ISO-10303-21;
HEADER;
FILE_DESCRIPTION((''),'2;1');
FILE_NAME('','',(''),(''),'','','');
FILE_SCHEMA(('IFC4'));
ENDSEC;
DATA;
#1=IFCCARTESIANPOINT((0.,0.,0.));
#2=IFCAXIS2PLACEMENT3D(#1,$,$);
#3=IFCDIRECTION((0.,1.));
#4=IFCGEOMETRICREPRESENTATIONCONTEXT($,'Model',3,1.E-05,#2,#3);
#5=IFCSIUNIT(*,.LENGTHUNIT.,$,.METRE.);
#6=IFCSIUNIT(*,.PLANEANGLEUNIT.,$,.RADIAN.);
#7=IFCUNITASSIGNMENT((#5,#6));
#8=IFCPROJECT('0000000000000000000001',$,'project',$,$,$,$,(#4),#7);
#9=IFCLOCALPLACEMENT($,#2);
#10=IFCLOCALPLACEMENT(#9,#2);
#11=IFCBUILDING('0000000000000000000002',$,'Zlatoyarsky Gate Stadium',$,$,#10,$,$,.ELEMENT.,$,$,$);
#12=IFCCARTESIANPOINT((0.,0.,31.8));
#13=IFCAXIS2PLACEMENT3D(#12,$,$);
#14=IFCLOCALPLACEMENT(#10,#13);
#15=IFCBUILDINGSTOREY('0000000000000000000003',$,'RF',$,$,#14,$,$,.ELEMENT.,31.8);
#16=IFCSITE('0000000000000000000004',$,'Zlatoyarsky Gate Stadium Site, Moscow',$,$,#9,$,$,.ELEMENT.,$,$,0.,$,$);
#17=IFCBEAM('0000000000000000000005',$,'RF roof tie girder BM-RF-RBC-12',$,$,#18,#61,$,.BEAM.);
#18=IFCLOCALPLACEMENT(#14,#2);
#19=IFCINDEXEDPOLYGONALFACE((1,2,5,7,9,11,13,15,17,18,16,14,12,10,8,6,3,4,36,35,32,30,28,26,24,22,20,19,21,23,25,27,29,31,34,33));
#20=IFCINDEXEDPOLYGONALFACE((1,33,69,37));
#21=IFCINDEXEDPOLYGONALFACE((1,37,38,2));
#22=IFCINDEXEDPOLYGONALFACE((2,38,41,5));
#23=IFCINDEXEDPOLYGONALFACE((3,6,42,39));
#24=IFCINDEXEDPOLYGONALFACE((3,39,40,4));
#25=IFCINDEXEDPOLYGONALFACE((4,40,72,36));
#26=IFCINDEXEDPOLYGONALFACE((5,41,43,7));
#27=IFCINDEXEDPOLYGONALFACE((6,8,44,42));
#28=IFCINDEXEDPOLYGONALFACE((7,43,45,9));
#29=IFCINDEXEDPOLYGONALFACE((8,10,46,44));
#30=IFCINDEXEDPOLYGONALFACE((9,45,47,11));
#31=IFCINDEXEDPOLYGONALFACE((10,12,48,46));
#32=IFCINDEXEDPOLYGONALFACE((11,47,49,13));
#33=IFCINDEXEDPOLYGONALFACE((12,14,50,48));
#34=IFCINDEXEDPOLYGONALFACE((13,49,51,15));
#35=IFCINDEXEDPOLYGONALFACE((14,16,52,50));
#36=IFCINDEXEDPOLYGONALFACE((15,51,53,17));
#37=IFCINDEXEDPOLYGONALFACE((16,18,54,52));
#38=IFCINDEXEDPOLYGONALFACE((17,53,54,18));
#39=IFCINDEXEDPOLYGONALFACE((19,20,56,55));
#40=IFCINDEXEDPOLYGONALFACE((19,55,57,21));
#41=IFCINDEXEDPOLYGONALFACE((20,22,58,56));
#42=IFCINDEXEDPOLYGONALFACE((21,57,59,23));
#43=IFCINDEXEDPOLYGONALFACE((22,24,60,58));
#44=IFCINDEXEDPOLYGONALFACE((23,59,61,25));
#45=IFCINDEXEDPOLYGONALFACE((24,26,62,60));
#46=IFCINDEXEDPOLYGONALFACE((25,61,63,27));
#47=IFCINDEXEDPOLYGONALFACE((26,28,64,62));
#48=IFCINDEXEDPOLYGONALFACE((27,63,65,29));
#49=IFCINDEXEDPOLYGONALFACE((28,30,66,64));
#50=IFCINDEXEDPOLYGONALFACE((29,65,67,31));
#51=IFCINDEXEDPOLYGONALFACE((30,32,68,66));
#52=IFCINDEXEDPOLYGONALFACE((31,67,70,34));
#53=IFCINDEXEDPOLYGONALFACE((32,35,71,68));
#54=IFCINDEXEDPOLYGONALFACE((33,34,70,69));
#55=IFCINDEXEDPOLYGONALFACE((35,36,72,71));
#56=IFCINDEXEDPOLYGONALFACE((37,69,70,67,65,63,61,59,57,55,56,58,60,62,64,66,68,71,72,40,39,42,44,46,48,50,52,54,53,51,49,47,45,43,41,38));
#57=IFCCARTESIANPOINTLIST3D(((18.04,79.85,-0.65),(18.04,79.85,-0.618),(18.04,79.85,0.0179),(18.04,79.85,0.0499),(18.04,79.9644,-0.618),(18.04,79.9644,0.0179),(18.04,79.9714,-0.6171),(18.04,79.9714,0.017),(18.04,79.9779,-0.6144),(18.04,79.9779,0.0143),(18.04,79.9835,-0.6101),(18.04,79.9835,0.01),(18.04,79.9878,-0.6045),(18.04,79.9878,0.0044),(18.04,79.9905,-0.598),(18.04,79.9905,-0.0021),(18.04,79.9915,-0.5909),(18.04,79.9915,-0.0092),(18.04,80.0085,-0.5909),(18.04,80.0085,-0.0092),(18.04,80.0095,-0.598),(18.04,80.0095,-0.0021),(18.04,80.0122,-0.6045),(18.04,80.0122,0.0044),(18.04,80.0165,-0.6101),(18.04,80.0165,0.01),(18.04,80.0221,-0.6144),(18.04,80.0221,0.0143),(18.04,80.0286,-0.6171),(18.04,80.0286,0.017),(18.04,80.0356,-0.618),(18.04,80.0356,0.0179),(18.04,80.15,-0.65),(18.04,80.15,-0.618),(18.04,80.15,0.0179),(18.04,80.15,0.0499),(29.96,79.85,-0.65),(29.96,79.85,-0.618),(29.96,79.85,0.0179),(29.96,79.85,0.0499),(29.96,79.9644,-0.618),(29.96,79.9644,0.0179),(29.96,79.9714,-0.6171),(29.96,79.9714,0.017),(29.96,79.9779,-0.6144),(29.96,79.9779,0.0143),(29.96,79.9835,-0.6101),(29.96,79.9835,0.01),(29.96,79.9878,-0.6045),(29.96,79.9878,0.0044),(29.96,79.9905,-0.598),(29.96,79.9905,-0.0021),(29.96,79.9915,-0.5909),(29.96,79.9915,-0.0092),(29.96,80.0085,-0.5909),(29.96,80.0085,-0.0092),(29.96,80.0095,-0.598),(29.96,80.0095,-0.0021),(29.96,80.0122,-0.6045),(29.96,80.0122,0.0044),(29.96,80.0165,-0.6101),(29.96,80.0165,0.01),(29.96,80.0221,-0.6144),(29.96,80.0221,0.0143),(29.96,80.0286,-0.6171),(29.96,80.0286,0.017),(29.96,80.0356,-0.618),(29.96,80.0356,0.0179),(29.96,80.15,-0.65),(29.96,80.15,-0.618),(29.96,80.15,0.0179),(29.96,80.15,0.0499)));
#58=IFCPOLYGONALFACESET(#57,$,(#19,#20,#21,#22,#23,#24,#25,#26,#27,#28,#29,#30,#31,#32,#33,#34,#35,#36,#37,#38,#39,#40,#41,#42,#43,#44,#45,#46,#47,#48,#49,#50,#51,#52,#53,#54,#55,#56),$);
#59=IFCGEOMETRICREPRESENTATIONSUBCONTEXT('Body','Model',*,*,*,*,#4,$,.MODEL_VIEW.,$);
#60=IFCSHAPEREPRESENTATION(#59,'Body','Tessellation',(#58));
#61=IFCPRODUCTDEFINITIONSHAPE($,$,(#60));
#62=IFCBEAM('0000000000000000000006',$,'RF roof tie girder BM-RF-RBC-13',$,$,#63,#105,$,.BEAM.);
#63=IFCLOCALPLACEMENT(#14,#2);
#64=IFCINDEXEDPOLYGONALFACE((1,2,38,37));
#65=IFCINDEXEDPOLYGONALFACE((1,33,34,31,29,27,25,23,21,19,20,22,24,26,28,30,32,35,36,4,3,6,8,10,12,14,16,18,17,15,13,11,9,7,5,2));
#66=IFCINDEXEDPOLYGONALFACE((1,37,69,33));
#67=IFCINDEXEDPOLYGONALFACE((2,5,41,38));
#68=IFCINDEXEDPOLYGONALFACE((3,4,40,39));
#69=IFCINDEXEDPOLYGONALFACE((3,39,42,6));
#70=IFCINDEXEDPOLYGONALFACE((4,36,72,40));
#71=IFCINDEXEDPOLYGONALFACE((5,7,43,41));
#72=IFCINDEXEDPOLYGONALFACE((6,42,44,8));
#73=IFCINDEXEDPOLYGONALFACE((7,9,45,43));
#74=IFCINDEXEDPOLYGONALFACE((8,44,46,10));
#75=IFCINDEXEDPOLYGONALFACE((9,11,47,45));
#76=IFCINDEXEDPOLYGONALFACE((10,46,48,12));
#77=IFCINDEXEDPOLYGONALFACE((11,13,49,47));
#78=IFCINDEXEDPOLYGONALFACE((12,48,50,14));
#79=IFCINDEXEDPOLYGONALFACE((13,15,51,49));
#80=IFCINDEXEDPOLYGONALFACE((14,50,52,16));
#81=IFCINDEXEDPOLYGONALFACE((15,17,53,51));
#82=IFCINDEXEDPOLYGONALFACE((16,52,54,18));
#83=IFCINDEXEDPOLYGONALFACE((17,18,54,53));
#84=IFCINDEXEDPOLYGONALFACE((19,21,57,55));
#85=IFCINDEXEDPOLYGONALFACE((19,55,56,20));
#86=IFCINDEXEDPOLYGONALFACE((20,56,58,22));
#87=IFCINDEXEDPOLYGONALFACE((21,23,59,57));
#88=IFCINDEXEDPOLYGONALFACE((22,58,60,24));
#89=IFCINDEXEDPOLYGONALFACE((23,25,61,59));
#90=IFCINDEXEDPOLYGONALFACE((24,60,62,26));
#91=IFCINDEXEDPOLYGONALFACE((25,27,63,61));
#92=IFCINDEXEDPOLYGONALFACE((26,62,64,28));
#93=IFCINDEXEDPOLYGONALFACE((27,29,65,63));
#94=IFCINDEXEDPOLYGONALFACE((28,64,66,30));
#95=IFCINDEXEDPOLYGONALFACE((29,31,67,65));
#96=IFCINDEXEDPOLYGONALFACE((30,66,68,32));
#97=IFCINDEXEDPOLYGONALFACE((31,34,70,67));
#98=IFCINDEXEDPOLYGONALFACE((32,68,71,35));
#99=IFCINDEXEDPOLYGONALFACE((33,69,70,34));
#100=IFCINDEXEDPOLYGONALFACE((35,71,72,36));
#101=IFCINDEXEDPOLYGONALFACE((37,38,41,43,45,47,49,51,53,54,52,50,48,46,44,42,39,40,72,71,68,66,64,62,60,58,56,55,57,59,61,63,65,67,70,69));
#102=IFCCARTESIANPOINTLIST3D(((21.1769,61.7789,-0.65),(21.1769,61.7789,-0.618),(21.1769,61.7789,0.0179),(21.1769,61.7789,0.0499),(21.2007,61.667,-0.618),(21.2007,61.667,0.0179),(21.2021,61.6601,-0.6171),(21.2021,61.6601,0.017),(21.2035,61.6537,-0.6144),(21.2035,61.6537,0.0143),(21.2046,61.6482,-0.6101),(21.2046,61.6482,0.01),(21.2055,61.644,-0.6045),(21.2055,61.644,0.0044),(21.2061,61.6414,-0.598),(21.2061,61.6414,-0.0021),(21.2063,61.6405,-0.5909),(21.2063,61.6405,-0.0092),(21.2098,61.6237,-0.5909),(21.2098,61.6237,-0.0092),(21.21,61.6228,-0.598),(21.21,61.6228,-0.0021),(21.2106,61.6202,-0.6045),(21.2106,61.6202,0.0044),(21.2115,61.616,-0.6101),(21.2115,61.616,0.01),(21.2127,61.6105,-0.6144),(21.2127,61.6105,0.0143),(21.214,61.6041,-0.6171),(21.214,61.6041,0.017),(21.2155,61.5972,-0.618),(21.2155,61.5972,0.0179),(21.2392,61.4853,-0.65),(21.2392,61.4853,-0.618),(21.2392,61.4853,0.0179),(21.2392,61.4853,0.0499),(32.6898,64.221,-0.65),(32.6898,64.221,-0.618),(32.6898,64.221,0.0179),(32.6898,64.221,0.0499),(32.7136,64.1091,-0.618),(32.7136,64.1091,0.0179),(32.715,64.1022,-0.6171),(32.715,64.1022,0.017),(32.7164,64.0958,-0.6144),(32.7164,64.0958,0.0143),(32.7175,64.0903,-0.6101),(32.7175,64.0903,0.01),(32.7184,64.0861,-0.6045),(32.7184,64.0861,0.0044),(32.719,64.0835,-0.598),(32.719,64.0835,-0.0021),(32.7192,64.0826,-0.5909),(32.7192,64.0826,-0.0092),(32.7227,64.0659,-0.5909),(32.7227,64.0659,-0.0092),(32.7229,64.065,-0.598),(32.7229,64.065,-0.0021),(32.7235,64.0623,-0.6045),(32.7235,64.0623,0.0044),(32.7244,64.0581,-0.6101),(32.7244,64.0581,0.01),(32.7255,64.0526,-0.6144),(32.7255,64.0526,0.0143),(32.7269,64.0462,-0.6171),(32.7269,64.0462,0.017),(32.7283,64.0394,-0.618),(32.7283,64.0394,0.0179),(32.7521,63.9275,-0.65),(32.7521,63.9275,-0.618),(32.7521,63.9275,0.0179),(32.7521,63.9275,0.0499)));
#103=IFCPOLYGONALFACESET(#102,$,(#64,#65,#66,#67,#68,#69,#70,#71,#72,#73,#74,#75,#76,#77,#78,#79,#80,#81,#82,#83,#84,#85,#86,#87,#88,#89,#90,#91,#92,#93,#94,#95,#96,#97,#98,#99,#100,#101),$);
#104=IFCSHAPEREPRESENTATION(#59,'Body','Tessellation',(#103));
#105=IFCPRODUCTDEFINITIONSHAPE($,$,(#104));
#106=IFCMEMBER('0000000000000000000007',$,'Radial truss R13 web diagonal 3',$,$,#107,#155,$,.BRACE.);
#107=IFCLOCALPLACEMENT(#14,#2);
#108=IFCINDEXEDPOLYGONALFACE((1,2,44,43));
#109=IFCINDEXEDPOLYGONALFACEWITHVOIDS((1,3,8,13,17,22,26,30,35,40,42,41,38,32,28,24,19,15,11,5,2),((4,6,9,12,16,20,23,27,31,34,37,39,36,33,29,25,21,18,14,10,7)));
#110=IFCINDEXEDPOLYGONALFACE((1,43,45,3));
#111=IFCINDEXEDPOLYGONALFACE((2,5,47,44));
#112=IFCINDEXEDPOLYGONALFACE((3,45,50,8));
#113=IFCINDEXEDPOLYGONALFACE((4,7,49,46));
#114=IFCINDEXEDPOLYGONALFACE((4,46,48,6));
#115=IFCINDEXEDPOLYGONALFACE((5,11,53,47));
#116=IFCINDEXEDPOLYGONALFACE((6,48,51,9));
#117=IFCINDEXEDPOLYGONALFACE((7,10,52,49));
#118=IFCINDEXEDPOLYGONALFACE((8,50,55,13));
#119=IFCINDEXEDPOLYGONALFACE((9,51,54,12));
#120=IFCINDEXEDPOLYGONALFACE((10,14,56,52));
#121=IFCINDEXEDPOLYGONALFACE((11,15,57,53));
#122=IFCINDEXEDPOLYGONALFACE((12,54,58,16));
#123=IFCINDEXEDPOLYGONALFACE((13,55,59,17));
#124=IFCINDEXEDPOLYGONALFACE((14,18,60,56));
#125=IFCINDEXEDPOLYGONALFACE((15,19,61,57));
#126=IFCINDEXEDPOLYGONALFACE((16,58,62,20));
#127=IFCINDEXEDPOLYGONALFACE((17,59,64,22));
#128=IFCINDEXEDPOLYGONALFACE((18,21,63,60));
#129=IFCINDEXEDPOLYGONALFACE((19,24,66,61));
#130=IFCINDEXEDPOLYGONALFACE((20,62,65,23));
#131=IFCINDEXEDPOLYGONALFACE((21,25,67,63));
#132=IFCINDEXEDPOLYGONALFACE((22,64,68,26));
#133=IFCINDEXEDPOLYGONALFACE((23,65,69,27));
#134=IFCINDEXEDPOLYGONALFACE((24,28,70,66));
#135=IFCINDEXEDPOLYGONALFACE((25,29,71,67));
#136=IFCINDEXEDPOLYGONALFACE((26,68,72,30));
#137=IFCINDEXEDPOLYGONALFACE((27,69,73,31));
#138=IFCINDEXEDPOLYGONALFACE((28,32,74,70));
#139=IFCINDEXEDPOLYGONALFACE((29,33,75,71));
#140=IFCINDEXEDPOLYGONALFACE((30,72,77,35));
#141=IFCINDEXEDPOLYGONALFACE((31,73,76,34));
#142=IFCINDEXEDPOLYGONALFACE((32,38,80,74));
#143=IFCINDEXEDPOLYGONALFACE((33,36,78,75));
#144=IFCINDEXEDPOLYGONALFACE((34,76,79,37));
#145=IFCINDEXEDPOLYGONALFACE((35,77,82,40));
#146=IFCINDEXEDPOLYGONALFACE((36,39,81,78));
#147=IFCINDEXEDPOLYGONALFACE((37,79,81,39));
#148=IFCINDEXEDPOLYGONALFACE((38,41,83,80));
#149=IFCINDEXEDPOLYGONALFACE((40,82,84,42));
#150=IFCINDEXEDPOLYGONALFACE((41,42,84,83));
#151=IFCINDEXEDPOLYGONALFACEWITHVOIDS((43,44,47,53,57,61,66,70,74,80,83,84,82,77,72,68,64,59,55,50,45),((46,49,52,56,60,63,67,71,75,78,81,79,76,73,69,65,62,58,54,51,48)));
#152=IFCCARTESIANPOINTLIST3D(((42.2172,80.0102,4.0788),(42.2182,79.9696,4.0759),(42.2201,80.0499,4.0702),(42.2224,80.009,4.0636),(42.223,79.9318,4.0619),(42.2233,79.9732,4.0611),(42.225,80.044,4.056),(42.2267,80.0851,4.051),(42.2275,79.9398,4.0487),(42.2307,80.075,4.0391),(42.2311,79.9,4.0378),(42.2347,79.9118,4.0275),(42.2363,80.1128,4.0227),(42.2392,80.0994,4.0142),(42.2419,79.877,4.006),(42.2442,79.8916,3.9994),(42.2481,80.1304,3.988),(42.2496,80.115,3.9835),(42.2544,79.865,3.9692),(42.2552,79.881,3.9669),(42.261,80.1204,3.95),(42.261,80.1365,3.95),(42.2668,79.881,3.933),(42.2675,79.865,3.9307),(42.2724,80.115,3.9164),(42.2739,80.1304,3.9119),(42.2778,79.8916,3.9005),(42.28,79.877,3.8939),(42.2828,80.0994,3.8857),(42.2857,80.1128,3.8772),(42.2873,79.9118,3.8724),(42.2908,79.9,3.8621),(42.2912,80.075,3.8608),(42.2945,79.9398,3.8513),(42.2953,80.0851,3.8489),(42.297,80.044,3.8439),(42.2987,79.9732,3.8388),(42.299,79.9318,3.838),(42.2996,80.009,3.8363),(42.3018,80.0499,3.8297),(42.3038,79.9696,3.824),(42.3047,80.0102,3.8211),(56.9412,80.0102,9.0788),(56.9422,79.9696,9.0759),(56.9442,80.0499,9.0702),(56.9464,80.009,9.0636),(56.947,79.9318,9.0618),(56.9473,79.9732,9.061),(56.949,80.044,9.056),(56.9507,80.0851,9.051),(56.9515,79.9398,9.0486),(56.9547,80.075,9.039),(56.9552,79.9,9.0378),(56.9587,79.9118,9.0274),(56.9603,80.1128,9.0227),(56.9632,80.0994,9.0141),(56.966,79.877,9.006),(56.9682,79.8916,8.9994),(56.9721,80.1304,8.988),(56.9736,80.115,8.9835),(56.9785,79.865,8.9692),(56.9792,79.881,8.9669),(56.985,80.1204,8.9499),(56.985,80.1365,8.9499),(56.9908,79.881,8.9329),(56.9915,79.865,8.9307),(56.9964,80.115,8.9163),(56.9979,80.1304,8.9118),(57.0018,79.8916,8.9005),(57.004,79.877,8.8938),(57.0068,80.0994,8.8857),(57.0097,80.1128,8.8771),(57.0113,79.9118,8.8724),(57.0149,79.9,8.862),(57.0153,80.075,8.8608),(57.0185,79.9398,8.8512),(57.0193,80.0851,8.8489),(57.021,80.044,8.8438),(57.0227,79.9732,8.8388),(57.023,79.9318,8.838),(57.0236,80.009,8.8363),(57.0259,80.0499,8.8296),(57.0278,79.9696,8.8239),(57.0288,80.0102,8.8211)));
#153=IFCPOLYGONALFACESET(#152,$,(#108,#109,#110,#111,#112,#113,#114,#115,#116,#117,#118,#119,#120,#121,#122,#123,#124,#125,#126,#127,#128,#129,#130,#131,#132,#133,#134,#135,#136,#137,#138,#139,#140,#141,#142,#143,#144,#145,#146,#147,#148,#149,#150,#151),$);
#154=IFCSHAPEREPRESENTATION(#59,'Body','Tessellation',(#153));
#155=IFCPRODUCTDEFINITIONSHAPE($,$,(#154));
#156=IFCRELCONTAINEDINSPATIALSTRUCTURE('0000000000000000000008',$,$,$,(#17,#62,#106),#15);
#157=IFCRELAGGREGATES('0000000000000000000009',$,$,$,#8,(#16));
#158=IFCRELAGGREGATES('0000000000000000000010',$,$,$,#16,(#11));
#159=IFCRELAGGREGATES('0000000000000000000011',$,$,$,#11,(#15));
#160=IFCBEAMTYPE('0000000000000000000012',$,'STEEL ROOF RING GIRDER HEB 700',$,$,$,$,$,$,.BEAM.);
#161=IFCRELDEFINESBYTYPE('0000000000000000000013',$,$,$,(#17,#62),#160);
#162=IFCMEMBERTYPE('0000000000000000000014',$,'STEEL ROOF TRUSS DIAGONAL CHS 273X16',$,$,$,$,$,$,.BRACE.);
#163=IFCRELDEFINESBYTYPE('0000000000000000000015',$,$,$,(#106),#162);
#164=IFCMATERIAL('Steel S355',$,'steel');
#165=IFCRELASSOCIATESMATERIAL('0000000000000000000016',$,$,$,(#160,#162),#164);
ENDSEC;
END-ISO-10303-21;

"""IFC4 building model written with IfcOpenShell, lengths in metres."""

from ifc_helpers import new_model, si_unit, direction, frame, origin, origin_2d, place, context, subcontext, project, spatial, hollow_circle, i_section, extrude, material, material_profile, profile_set, type_object, element, save


model = new_model("IFC4")

# Units and contexts
model_context = context("Model", 3, precision=1e-05, world=origin(), true_north=direction((0.0, 1.0)))
body_context = subcontext(model_context, "Body", "Model", "MODEL_VIEW")
ifc_project = project(units=[si_unit("LENGTHUNIT", "METRE"), si_unit("PLANEANGLEUNIT", "RADIAN")], contexts=[model_context])

# Site, building, storey
site_placement = place(None, origin())
site = spatial("IfcSite", under=ifc_project, at=site_placement, Name="Zlatoyarsky Gate Stadium Site, Moscow", CompositionType="ELEMENT", RefElevation=0.0)
building_placement = place(site_placement, origin())
building = spatial("IfcBuilding", under=site, at=building_placement, Name="Zlatoyarsky Gate Stadium", CompositionType="ELEMENT")
storey_placement = place(building_placement, frame((0.0, 0.0, 31.8)))
storey = spatial("IfcBuildingStorey", under=building, at=storey_placement, Name="RF", CompositionType="ELEMENT", Elevation=31.8)

# Shared definitions
ifc_material_1 = material(Name="Steel S355", Category="steel")

# Beams
ifc_material_profile_1 = material_profile(ifc_material_1, i_section(OverallWidth=0.3, OverallDepth=0.7, WebThickness=0.0171, FlangeThickness=0.032, FilletRadius=0.0271, at=origin_2d()), Name="HEB 700")
ifc_profile_set_1 = profile_set([ifc_material_profile_1], Name="Steel S355")
beam_type = type_object("IfcBeamType", Name="STEEL ROOF RING GIRDER HEB 700", PredefinedType="BEAM", material=ifc_profile_set_1)
beam_1_placement = place(storey_placement, frame((29.96, 80.0, -0.3), z_axis=(-1.0, 0.0, 0.0), x_axis=(0.0, -1.0, 0.0)))
element("IfcBeam", 1, at=beam_1_placement, inside=storey, type_object=beam_type, Name="RF roof tie girder BM-RF-RBC-12", PredefinedType="BEAM", context=body_context, shape_type="SweptSolid", body=[
    extrude(i_section(OverallWidth=0.3, OverallDepth=0.7, WebThickness=0.0171, FlangeThickness=0.032, FilletRadius=0.0271, at=origin_2d()), origin(), (0.0, 0.0, 1.0), 11.9199),
])
beam_2_placement = place(storey_placement, frame((32.7209, 64.0742, -0.3), z_axis=(-0.978234, -0.207504, 0.0), x_axis=(0.207504, -0.978234, 0.0)))
element("IfcBeam", 2, at=beam_2_placement, inside=storey, type_object=beam_type, Name="RF roof tie girder BM-RF-RBC-13", PredefinedType="BEAM", context=body_context, shape_type="SweptSolid", body=[
    extrude(i_section(OverallWidth=0.3, OverallDepth=0.7, WebThickness=0.0171, FlangeThickness=0.032, FilletRadius=0.0271, at=origin_2d()), origin(), (0.0, 0.0, 1.0), 11.769),
])

# Member
ifc_material_profile_2 = material_profile(ifc_material_1, hollow_circle(Radius=0.1365, WallThickness=0.0161, at=origin_2d()), Name="CHS 273X16")
ifc_profile_set_2 = profile_set([ifc_material_profile_2], Name="Steel S355")
member_type_1 = type_object("IfcMemberType", Name="STEEL ROOF TRUSS DIAGONAL CHS 273X16", PredefinedType="BRACE", material=ifc_profile_set_2)
member_1_placement = place(storey_placement, frame((42.261, 80.0, 3.95), z_axis=(0.946894, 0.0, 0.321545), x_axis=(0.0, 1.0, 0.0)))
element("IfcMember", 3, at=member_1_placement, inside=storey, type_object=member_type_1, Name="Radial truss R13 web diagonal 3", PredefinedType="BRACE", context=body_context, shape_type="SweptSolid", body=[
    extrude(hollow_circle(Radius=0.1365, WallThickness=0.0161, at=origin_2d()), origin(), (0.0, 0.0, 1.0), 15.5498),
])

save(model, "model.ifc")
